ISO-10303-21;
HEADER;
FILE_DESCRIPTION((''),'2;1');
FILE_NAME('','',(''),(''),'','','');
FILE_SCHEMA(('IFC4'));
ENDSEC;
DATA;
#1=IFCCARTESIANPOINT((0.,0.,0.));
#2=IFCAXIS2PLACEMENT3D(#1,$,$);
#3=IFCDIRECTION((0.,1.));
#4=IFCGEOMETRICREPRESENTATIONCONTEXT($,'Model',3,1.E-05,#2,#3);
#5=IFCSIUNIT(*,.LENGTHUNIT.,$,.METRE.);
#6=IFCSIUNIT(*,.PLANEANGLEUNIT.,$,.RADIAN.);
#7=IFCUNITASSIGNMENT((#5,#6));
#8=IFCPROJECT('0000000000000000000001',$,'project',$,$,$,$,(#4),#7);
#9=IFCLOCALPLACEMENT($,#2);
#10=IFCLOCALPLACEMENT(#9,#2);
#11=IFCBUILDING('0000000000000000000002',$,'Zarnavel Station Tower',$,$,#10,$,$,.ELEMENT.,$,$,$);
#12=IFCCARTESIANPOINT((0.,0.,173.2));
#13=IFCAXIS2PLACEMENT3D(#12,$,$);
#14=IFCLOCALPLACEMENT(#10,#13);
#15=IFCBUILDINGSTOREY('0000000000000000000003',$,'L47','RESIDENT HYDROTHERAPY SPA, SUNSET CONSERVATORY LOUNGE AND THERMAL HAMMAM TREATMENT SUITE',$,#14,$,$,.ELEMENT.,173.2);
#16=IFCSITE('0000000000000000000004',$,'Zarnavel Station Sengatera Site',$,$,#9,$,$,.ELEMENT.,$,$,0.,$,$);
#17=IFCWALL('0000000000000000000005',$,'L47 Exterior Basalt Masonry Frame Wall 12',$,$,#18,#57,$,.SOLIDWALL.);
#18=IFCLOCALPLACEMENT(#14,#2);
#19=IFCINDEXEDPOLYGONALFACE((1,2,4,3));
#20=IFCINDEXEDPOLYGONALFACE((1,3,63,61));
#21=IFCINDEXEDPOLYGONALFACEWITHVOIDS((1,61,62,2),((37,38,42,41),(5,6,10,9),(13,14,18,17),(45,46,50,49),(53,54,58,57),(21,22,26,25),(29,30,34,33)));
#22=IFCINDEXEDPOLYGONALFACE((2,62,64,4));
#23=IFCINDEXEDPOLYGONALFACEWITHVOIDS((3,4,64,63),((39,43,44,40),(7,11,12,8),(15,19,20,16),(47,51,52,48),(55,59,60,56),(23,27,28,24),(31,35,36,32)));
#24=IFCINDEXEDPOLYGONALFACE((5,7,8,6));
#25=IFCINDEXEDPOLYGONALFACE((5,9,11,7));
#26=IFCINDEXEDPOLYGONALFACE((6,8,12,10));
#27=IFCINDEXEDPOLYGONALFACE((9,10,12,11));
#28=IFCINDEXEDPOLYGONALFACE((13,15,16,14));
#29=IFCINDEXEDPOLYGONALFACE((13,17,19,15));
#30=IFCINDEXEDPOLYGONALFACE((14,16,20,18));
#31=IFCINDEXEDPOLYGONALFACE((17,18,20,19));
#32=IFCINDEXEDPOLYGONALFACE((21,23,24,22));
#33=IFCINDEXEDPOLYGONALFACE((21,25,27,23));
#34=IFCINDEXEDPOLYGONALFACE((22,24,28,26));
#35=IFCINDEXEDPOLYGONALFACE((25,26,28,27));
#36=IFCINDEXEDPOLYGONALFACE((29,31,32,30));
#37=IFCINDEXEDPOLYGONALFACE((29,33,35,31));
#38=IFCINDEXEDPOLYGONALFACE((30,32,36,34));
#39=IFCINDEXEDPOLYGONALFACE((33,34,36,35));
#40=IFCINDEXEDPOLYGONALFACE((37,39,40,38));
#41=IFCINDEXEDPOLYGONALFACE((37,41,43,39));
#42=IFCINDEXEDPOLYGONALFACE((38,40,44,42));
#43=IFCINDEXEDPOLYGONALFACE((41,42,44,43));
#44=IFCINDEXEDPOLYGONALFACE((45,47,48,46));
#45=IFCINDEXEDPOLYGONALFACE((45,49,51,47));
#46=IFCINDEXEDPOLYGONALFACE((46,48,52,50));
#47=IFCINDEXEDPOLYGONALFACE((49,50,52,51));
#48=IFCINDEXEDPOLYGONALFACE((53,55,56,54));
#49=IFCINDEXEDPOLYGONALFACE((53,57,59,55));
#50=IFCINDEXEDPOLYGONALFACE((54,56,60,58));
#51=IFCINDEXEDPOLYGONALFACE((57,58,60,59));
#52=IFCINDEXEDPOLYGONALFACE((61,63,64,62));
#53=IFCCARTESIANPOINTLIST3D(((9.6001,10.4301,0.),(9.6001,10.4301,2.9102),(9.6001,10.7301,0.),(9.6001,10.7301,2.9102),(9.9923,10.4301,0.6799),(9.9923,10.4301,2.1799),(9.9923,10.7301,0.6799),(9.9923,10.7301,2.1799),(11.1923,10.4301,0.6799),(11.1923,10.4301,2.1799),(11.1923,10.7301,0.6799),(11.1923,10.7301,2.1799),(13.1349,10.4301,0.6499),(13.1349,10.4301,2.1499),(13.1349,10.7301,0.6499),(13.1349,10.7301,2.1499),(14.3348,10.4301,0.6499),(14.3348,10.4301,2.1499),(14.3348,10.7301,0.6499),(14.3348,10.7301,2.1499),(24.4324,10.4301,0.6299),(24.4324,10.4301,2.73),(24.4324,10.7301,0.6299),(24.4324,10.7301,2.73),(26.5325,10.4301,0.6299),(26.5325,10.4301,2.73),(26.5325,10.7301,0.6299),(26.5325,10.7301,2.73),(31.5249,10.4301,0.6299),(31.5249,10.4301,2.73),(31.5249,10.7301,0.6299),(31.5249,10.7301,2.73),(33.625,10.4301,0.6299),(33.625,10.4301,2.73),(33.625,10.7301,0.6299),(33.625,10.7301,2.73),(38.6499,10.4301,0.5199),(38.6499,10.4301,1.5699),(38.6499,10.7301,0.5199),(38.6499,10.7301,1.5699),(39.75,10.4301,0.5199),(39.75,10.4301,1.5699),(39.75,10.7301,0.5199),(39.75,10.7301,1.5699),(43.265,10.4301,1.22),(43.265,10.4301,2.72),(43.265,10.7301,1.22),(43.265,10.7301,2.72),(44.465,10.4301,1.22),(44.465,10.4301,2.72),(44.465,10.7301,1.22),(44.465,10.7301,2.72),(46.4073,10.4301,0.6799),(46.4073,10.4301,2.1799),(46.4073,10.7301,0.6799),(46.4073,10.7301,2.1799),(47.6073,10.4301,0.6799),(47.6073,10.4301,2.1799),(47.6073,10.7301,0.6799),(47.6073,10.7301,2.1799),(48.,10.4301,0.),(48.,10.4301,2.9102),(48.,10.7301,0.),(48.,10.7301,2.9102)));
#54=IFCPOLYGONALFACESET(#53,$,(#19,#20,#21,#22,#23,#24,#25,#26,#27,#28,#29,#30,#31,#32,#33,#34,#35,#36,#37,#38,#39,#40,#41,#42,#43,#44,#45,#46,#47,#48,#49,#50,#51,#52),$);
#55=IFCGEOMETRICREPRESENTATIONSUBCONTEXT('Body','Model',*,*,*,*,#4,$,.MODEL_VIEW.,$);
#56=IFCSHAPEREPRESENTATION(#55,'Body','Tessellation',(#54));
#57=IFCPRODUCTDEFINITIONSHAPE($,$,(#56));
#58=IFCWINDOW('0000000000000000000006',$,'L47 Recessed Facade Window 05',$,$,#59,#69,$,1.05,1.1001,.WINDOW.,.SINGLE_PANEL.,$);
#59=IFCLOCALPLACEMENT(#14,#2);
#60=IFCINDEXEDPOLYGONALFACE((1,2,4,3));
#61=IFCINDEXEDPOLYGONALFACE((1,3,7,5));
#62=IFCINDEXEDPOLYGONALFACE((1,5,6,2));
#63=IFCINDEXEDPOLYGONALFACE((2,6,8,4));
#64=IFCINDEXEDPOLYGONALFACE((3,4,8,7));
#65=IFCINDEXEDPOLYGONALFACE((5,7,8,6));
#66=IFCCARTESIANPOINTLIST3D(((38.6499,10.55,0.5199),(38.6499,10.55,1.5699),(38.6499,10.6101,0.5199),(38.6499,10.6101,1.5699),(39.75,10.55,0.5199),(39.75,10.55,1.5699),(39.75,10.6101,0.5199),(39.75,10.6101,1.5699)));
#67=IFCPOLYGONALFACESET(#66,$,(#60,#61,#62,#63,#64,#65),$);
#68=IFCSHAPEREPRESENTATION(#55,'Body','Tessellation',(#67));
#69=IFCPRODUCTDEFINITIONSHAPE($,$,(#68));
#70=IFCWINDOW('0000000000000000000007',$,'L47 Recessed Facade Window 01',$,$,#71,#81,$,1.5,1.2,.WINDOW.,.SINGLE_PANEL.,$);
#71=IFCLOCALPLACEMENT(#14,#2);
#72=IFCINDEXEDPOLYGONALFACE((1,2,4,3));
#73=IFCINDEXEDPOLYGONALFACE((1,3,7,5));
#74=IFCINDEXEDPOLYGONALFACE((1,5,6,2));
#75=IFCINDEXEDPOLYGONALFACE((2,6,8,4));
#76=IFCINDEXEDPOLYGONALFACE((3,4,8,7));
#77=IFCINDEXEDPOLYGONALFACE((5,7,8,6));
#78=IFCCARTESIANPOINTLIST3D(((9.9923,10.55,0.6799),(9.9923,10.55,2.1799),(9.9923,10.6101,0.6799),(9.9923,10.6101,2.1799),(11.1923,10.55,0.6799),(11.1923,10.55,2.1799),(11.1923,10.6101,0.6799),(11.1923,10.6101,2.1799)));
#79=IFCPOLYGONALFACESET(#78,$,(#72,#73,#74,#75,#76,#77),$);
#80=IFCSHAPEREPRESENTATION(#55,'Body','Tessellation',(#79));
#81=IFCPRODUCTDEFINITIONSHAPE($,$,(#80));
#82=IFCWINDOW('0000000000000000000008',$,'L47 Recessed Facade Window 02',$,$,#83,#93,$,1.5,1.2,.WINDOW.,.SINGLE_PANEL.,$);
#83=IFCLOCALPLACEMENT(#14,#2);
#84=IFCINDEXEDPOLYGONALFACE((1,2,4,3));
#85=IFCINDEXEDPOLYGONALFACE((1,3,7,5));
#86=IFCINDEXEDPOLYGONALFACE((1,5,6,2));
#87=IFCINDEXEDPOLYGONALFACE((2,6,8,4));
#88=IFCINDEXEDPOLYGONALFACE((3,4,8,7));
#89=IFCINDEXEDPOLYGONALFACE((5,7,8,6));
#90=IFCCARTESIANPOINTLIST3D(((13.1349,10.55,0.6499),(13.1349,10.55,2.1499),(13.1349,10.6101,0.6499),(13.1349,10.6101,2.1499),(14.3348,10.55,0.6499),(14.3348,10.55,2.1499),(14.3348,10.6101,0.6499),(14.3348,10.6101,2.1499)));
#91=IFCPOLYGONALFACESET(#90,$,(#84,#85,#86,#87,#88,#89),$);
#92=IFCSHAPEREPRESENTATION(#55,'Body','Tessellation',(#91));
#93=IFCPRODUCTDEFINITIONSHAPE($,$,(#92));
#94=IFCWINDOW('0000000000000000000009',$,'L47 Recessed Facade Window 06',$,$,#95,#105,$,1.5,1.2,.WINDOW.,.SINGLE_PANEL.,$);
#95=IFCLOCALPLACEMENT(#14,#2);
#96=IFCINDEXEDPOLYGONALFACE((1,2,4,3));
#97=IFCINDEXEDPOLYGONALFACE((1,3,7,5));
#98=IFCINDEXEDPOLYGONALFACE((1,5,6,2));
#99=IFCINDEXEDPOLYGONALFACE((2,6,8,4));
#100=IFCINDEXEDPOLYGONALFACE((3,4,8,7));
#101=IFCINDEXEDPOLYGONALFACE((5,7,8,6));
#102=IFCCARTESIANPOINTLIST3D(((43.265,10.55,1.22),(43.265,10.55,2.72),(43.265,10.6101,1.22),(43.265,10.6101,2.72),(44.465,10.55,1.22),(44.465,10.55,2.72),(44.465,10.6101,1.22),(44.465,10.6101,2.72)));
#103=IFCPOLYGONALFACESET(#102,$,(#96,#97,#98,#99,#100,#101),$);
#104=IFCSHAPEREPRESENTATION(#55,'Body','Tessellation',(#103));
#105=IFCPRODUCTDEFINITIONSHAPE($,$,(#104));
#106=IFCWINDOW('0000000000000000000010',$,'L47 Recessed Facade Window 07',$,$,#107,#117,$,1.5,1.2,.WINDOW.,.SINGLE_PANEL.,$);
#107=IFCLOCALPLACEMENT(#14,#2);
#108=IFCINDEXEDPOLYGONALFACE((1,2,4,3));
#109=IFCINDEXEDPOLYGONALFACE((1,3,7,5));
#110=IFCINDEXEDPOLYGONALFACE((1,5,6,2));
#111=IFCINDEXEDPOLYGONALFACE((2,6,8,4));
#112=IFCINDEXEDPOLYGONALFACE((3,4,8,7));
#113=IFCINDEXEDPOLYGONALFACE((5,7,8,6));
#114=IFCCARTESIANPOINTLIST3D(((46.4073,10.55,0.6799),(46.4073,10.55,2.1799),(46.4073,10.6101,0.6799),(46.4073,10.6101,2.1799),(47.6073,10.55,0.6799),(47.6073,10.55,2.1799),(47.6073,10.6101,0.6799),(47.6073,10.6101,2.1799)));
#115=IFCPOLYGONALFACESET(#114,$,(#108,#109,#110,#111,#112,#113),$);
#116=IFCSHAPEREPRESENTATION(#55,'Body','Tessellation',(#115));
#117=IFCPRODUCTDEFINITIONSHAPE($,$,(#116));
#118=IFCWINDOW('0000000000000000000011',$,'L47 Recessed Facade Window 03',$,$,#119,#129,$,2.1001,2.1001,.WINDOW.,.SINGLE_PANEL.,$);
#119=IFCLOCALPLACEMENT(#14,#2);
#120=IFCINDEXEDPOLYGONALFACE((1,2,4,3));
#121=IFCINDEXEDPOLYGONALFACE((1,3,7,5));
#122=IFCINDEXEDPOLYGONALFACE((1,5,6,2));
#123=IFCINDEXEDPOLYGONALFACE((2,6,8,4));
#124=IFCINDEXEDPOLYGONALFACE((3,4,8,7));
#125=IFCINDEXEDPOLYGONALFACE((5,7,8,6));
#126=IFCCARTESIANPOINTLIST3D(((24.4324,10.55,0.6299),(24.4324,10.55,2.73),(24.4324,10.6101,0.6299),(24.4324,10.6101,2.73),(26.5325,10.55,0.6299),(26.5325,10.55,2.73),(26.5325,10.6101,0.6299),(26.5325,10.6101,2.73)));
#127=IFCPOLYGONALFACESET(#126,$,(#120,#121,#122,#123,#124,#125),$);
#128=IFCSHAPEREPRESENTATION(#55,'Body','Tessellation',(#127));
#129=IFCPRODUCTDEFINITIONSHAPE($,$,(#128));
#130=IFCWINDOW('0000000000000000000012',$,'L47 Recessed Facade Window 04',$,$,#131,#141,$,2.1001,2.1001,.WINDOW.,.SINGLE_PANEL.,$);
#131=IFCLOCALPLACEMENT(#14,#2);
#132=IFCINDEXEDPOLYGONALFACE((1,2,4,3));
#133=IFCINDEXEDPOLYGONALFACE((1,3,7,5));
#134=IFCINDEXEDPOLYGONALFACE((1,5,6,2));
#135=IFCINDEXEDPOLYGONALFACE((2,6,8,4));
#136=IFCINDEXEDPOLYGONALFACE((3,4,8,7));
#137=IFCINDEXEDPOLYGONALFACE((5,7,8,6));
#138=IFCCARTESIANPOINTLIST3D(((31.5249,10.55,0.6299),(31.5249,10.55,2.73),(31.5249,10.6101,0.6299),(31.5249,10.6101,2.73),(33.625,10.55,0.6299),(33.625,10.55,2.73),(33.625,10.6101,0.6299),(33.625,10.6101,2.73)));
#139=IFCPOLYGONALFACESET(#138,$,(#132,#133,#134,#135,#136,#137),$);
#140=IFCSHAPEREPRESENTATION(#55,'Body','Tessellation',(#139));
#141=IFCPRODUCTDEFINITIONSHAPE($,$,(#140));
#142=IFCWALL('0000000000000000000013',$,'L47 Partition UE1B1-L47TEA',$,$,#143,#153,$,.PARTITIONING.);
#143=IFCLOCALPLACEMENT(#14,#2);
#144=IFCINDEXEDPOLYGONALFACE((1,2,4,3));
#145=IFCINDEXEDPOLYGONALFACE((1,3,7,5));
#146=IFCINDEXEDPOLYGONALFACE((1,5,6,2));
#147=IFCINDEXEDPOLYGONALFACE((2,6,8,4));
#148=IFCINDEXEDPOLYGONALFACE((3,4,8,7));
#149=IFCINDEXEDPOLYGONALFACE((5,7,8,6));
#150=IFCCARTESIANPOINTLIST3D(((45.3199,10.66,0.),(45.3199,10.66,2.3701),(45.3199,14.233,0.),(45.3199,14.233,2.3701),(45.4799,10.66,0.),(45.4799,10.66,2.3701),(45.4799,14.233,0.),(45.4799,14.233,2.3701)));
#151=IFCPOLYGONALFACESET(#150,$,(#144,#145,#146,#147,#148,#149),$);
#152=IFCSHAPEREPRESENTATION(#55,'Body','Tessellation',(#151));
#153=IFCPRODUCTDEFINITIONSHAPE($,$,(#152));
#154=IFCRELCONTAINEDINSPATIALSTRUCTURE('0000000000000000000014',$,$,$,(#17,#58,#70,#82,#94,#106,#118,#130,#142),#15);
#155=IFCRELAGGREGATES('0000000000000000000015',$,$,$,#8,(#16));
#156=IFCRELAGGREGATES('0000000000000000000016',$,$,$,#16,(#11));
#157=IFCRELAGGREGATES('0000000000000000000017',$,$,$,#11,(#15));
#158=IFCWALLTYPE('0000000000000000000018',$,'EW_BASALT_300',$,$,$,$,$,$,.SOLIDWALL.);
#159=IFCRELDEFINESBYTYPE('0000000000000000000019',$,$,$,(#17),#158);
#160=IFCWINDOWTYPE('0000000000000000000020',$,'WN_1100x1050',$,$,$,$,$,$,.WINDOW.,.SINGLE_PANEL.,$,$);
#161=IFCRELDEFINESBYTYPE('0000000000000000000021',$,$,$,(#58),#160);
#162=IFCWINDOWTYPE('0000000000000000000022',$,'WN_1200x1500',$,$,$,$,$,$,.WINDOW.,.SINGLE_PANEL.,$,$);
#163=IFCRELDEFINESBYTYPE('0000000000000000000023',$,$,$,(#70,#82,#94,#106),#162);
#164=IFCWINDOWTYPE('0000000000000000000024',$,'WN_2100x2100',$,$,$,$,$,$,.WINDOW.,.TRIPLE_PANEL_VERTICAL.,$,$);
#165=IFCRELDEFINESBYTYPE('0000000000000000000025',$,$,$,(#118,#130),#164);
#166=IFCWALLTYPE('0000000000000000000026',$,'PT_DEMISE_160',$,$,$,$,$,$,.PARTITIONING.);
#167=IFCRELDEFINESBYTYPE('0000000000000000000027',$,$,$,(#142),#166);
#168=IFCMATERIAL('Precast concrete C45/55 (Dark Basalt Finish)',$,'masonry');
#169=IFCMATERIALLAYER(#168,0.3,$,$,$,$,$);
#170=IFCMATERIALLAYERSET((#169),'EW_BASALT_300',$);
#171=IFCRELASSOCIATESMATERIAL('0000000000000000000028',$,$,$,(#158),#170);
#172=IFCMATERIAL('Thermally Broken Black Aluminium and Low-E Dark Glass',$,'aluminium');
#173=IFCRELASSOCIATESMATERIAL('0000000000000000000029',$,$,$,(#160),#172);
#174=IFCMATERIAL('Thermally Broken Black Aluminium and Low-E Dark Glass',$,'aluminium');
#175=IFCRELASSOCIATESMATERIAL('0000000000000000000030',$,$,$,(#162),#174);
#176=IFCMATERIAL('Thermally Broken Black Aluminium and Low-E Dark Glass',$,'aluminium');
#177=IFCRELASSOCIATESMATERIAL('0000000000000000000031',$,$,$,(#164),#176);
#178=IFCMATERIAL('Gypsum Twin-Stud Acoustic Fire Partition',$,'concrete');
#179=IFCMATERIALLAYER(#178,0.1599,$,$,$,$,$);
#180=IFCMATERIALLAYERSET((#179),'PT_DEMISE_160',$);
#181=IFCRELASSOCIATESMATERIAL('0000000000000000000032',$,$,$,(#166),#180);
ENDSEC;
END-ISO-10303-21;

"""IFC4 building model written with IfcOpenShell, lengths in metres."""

from ifc_helpers import new_model, si_unit, direction, frame, frame_2d, origin, place, context, subcontext, project, spatial, rectangle, extrude, material, layer, layer_set, type_object, element, fill, save


model = new_model("IFC4")

# Units and contexts
model_context = context("Model", 3, precision=1e-05, world=origin(), true_north=direction((0.0, 1.0)))
body_context = subcontext(model_context, "Body", "Model", "MODEL_VIEW")
ifc_project = project(units=[si_unit("LENGTHUNIT", "METRE"), si_unit("PLANEANGLEUNIT", "RADIAN")], contexts=[model_context])

# Site, building, storey
site_placement = place(None, origin())
site = spatial("IfcSite", under=ifc_project, at=site_placement, Name="Zarnavel Station Sengatera Site", CompositionType="ELEMENT", RefElevation=0.0)
building_placement = place(site_placement, origin())
building = spatial("IfcBuilding", under=site, at=building_placement, Name="Zarnavel Station Tower", CompositionType="ELEMENT")
storey_placement = place(building_placement, frame((0.0, 0.0, 173.2)))
storey = spatial("IfcBuildingStorey", under=building, at=storey_placement, Name="L47", Description="RESIDENT HYDROTHERAPY SPA, SUNSET CONSERVATORY LOUNGE AND THERMAL HAMMAM TREATMENT SUITE", CompositionType="ELEMENT", Elevation=173.2)

# Shared definitions
ifc_material_1 = material(Name="Precast concrete C45/55 (Dark Basalt Finish)", Category="masonry")
ifc_layer_1 = layer(ifc_material_1, 0.3)
ifc_layer_set_1 = layer_set([ifc_layer_1], Name="EW_BASALT_300")
wall_type_1 = type_object("IfcWallType", Name="EW_BASALT_300", PredefinedType="SOLIDWALL", material=ifc_layer_set_1)

# Wall, openings, windows
wall_1_placement = place(storey_placement, frame((48.0, 10.5801, 0.0), z_axis=(0.0, 0.0, 1.0), x_axis=(-1.0, 0.0, 0.0)))
wall_1 = element("IfcWall", 1, at=wall_1_placement, inside=storey, type_object=wall_type_1, Name="L47 Exterior Basalt Masonry Frame Wall 12", PredefinedType="SOLIDWALL", context=body_context, shape_type="SweptSolid", body=[
    extrude(rectangle(XDim=38.3999, YDim=0.3, at=frame_2d((19.2, 0.0))), origin(), (0.0, 0.0, 1.0), 2.9102),
])
opening_1_placement = place(wall_1_placement, frame((36.8076, 0.0, 0.6799)))
opening_1 = element("IfcOpeningElement", 2, at=opening_1_placement, cuts=wall_1, PredefinedType="OPENING", context=body_context, shape_type="SweptSolid", body=[
    extrude(rectangle(XDim=1.2, YDim=1.5, at=frame_2d((0.6001, 0.75))), frame((0.0, 0.1599, 0.0), z_axis=(0.0, -1.0, 0.0), x_axis=(1.0, 0.0, 0.0)), (0.0, 0.0, 1.0), 0.3201),
])
opening_2_placement = place(wall_1_placement, frame((33.665, 0.0, 0.6499)))
opening_2 = element("IfcOpeningElement", 3, at=opening_2_placement, cuts=wall_1, PredefinedType="OPENING", context=body_context, shape_type="SweptSolid", body=[
    extrude(rectangle(XDim=1.2, YDim=1.5, at=frame_2d((0.6001, 0.75))), frame((0.0, 0.1599, 0.0), z_axis=(0.0, -1.0, 0.0), x_axis=(1.0, 0.0, 0.0)), (0.0, 0.0, 1.0), 0.3201),
])
opening_3_placement = place(wall_1_placement, frame((21.4675, 0.0, 0.6299)))
opening_3 = element("IfcOpeningElement", 4, at=opening_3_placement, cuts=wall_1, PredefinedType="OPENING", context=body_context, shape_type="SweptSolid", body=[
    extrude(rectangle(XDim=2.1001, YDim=2.1001, at=frame_2d((1.05, 1.05))), frame((0.0, 0.1599, 0.0), z_axis=(0.0, -1.0, 0.0), x_axis=(1.0, 0.0, 0.0)), (0.0, 0.0, 1.0), 0.3201),
])
opening_4_placement = place(wall_1_placement, frame((14.375, 0.0, 0.6299)))
opening_4 = element("IfcOpeningElement", 5, at=opening_4_placement, cuts=wall_1, PredefinedType="OPENING", context=body_context, shape_type="SweptSolid", body=[
    extrude(rectangle(XDim=2.1001, YDim=2.1001, at=frame_2d((1.05, 1.05))), frame((0.0, 0.1599, 0.0), z_axis=(0.0, -1.0, 0.0), x_axis=(1.0, 0.0, 0.0)), (0.0, 0.0, 1.0), 0.3201),
])
opening_5_placement = place(wall_1_placement, frame((8.25, 0.0, 0.52)))
opening_5 = element("IfcOpeningElement", 6, at=opening_5_placement, cuts=wall_1, PredefinedType="OPENING", context=body_context, shape_type="SweptSolid", body=[
    extrude(rectangle(XDim=1.1001, YDim=1.05, at=frame_2d((0.55, 0.5249))), frame((0.0, 0.1599, 0.0), z_axis=(0.0, -1.0, 0.0), x_axis=(1.0, 0.0, 0.0)), (0.0, 0.0, 1.0), 0.3201),
])
opening_6_placement = place(wall_1_placement, frame((3.5349, 0.0, 1.22)))
opening_6 = element("IfcOpeningElement", 7, at=opening_6_placement, cuts=wall_1, PredefinedType="OPENING", context=body_context, shape_type="SweptSolid", body=[
    extrude(rectangle(XDim=1.2, YDim=1.5, at=frame_2d((0.6001, 0.75))), frame((0.0, 0.1599, 0.0), z_axis=(0.0, -1.0, 0.0), x_axis=(1.0, 0.0, 0.0)), (0.0, 0.0, 1.0), 0.3201),
])
opening_7_placement = place(wall_1_placement, frame((0.3926, 0.0, 0.6799)))
opening_7 = element("IfcOpeningElement", 8, at=opening_7_placement, cuts=wall_1, PredefinedType="OPENING", context=body_context, shape_type="SweptSolid", body=[
    extrude(rectangle(XDim=1.2, YDim=1.5, at=frame_2d((0.6001, 0.75))), frame((0.0, 0.1599, 0.0), z_axis=(0.0, -1.0, 0.0), x_axis=(1.0, 0.0, 0.0)), (0.0, 0.0, 1.0), 0.3201),
])
ifc_material_2 = material(Name="Thermally Broken Black Aluminium and Low-E Dark Glass", Category="aluminium")
window_type_1 = type_object("IfcWindowType", Name="WN_1100x1050", PartitioningType="SINGLE_PANEL", PredefinedType="WINDOW", material=ifc_material_2)
window_1_placement = place(opening_5_placement, origin())
window_1 = element("IfcWindow", 9, at=window_1_placement, inside=storey, type_object=window_type_1, Name="L47 Recessed Facade Window 05", OverallHeight=1.05, OverallWidth=1.1001, PartitioningType="SINGLE_PANEL", PredefinedType="WINDOW", context=body_context, shape_type="SweptSolid", body=[
    extrude(rectangle(XDim=1.1001, YDim=1.05, at=frame_2d((0.55, 0.5249))), frame((0.0, 0.03, 0.0), z_axis=(0.0, -1.0, 0.0), x_axis=(1.0, 0.0, 0.0)), (0.0, 0.0, 1.0), 0.0601),
])
fill(opening_5, window_1)
ifc_material_3 = material(Name="Thermally Broken Black Aluminium and Low-E Dark Glass", Category="aluminium")
window_type_2 = type_object("IfcWindowType", Name="WN_1200x1500", PartitioningType="SINGLE_PANEL", PredefinedType="WINDOW", material=ifc_material_3)
window_2_placement = place(opening_1_placement, origin())
window_2 = element("IfcWindow", 10, at=window_2_placement, inside=storey, type_object=window_type_2, Name="L47 Recessed Facade Window 01", OverallHeight=1.5, OverallWidth=1.2, PartitioningType="SINGLE_PANEL", PredefinedType="WINDOW", context=body_context, shape_type="SweptSolid", body=[
    extrude(rectangle(XDim=1.2, YDim=1.5, at=frame_2d((0.6001, 0.75))), frame((0.0, 0.03, 0.0), z_axis=(0.0, -1.0, 0.0), x_axis=(1.0, 0.0, 0.0)), (0.0, 0.0, 1.0), 0.0601),
])
fill(opening_1, window_2)
window_3_placement = place(opening_2_placement, origin())
window_3 = element("IfcWindow", 11, at=window_3_placement, inside=storey, type_object=window_type_2, Name="L47 Recessed Facade Window 02", OverallHeight=1.5, OverallWidth=1.2, PartitioningType="SINGLE_PANEL", PredefinedType="WINDOW", context=body_context, shape_type="SweptSolid", body=[
    extrude(rectangle(XDim=1.2, YDim=1.5, at=frame_2d((0.6001, 0.75))), frame((0.0, 0.03, 0.0), z_axis=(0.0, -1.0, 0.0), x_axis=(1.0, 0.0, 0.0)), (0.0, 0.0, 1.0), 0.0601),
])
fill(opening_2, window_3)
window_4_placement = place(opening_6_placement, origin())
window_4 = element("IfcWindow", 12, at=window_4_placement, inside=storey, type_object=window_type_2, Name="L47 Recessed Facade Window 06", OverallHeight=1.5, OverallWidth=1.2, PartitioningType="SINGLE_PANEL", PredefinedType="WINDOW", context=body_context, shape_type="SweptSolid", body=[
    extrude(rectangle(XDim=1.2, YDim=1.5, at=frame_2d((0.6001, 0.75))), frame((0.0, 0.03, 0.0), z_axis=(0.0, -1.0, 0.0), x_axis=(1.0, 0.0, 0.0)), (0.0, 0.0, 1.0), 0.0601),
])
fill(opening_6, window_4)
window_5_placement = place(opening_7_placement, origin())
window_5 = element("IfcWindow", 13, at=window_5_placement, inside=storey, type_object=window_type_2, Name="L47 Recessed Facade Window 07", OverallHeight=1.5, OverallWidth=1.2, PartitioningType="SINGLE_PANEL", PredefinedType="WINDOW", context=body_context, shape_type="SweptSolid", body=[
    extrude(rectangle(XDim=1.2, YDim=1.5, at=frame_2d((0.6001, 0.75))), frame((0.0, 0.03, 0.0), z_axis=(0.0, -1.0, 0.0), x_axis=(1.0, 0.0, 0.0)), (0.0, 0.0, 1.0), 0.0601),
])
fill(opening_7, window_5)
ifc_material_4 = material(Name="Thermally Broken Black Aluminium and Low-E Dark Glass", Category="aluminium")
window_type_3 = type_object("IfcWindowType", Name="WN_2100x2100", PartitioningType="TRIPLE_PANEL_VERTICAL", PredefinedType="WINDOW", material=ifc_material_4)
window_6_placement = place(opening_3_placement, origin())
window_6 = element("IfcWindow", 14, at=window_6_placement, inside=storey, type_object=window_type_3, Name="L47 Recessed Facade Window 03", OverallHeight=2.1001, OverallWidth=2.1001, PartitioningType="SINGLE_PANEL", PredefinedType="WINDOW", context=body_context, shape_type="SweptSolid", body=[
    extrude(rectangle(XDim=2.1001, YDim=2.1001, at=frame_2d((1.05, 1.05))), frame((0.0, 0.03, 0.0), z_axis=(0.0, -1.0, 0.0), x_axis=(1.0, 0.0, 0.0)), (0.0, 0.0, 1.0), 0.0601),
])
fill(opening_3, window_6)
window_7_placement = place(opening_4_placement, origin())
window_7 = element("IfcWindow", 15, at=window_7_placement, inside=storey, type_object=window_type_3, Name="L47 Recessed Facade Window 04", OverallHeight=2.1001, OverallWidth=2.1001, PartitioningType="SINGLE_PANEL", PredefinedType="WINDOW", context=body_context, shape_type="SweptSolid", body=[
    extrude(rectangle(XDim=2.1001, YDim=2.1001, at=frame_2d((1.05, 1.05))), frame((0.0, 0.03, 0.0), z_axis=(0.0, -1.0, 0.0), x_axis=(1.0, 0.0, 0.0)), (0.0, 0.0, 1.0), 0.0601),
])
fill(opening_4, window_7)

# Wall
ifc_material_5 = material(Name="Gypsum Twin-Stud Acoustic Fire Partition", Category="concrete")
ifc_layer_2 = layer(ifc_material_5, 0.1599)
ifc_layer_set_2 = layer_set([ifc_layer_2], Name="PT_DEMISE_160")
wall_type_2 = type_object("IfcWallType", Name="PT_DEMISE_160", PredefinedType="PARTITIONING", material=ifc_layer_set_2)
wall_2_placement = place(storey_placement, frame((45.3999, 10.6599, 0.0), z_axis=(0.0, 0.0, 1.0), x_axis=(0.0, 1.0, 0.0)))
element("IfcWall", 16, at=wall_2_placement, inside=storey, type_object=wall_type_2, Name="L47 Partition UE1B1-L47TEA", PredefinedType="PARTITIONING", context=body_context, shape_type="SweptSolid", body=[
    extrude(rectangle(XDim=3.573, YDim=0.1599, at=frame_2d((1.7866, 0.0))), origin(), (0.0, 0.0, 1.0), 2.3701),
])

save(model, "model.ifc")
